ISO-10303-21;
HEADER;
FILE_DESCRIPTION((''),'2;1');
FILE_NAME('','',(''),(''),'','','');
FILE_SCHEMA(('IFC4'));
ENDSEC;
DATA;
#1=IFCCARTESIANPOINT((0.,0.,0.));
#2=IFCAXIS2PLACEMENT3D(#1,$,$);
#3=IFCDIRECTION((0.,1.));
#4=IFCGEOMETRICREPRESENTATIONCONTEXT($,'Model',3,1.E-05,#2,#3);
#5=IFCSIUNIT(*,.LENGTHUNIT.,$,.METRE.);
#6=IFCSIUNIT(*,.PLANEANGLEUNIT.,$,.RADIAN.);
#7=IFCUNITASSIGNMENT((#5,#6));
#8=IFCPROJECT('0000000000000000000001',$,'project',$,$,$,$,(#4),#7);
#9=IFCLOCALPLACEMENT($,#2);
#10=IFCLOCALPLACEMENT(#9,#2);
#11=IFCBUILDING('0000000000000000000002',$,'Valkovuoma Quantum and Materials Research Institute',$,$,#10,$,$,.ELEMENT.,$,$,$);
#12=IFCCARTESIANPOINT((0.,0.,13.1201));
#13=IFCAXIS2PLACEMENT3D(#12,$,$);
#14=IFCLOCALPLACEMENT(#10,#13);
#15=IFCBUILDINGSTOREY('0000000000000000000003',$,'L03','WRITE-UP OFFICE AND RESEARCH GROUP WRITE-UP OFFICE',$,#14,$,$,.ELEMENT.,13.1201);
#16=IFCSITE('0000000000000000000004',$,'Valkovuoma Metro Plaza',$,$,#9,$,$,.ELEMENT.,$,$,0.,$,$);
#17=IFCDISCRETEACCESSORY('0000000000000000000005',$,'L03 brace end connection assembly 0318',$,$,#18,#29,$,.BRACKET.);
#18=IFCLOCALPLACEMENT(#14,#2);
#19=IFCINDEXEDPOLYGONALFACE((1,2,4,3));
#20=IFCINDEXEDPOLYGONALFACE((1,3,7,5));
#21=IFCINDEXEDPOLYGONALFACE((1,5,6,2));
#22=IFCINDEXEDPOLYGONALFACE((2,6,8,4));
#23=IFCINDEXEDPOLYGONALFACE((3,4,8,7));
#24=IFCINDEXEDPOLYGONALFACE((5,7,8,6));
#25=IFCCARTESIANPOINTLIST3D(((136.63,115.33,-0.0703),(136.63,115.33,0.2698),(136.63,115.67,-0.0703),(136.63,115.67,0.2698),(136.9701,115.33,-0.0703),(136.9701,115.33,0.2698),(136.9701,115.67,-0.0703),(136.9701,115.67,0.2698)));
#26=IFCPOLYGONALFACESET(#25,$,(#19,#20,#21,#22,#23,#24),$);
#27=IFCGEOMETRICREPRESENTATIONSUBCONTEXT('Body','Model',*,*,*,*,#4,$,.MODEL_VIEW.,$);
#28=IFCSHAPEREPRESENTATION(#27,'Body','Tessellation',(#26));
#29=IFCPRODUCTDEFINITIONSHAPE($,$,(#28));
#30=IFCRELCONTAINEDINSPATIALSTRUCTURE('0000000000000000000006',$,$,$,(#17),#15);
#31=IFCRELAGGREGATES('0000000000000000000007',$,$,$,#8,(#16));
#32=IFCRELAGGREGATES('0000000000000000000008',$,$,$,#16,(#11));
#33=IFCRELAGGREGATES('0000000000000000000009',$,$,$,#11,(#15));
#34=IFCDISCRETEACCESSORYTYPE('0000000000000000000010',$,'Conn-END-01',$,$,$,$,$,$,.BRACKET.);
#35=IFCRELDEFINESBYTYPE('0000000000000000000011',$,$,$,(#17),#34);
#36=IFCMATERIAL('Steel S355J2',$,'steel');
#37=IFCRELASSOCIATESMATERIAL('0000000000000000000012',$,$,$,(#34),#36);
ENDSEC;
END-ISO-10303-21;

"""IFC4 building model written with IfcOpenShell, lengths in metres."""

from ifc_helpers import new_model, si_unit, direction, frame, origin, origin_2d, place, context, subcontext, project, spatial, rectangle, extrude, material, type_object, element, save


model = new_model("IFC4")

# Units and contexts
model_context = context("Model", 3, precision=1e-05, world=origin(), true_north=direction((0.0, 1.0)))
body_context = subcontext(model_context, "Body", "Model", "MODEL_VIEW")
ifc_project = project(units=[si_unit("LENGTHUNIT", "METRE"), si_unit("PLANEANGLEUNIT", "RADIAN")], contexts=[model_context])

# Site, building, storey
site_placement = place(None, origin())
site = spatial("IfcSite", under=ifc_project, at=site_placement, Name="Valkovuoma Metro Plaza", CompositionType="ELEMENT", RefElevation=0.0)
building_placement = place(site_placement, origin())
building = spatial("IfcBuilding", under=site, at=building_placement, Name="Valkovuoma Quantum and Materials Research Institute", CompositionType="ELEMENT")
storey_placement = place(building_placement, frame((0.0, 0.0, 13.1201)))
storey = spatial("IfcBuildingStorey", under=building, at=storey_placement, Name="L03", Description="WRITE-UP OFFICE AND RESEARCH GROUP WRITE-UP OFFICE", CompositionType="ELEMENT", Elevation=13.1201)

# Discrete accessory
ifc_material_1 = material(Name="Steel S355J2", Category="steel")
discrete_accessory_type_1 = type_object("IfcDiscreteAccessoryType", Name="Conn-END-01", PredefinedType="BRACKET", material=ifc_material_1)
discrete_accessory_1_placement = place(storey_placement, frame((136.8, 115.5, -0.0703), z_axis=(0.0, 0.0, 1.0), x_axis=(1.0, 0.0, 0.0)))
element("IfcDiscreteAccessory", 1, at=discrete_accessory_1_placement, inside=storey, type_object=discrete_accessory_type_1, Name="L03 brace end connection assembly 0318", PredefinedType="BRACKET", context=body_context, shape_type="SweptSolid", body=[
    extrude(rectangle(XDim=0.3401, YDim=0.3401, at=origin_2d()), origin(), (0.0, 0.0, 1.0), 0.3401),
])

save(model, "model.ifc")
